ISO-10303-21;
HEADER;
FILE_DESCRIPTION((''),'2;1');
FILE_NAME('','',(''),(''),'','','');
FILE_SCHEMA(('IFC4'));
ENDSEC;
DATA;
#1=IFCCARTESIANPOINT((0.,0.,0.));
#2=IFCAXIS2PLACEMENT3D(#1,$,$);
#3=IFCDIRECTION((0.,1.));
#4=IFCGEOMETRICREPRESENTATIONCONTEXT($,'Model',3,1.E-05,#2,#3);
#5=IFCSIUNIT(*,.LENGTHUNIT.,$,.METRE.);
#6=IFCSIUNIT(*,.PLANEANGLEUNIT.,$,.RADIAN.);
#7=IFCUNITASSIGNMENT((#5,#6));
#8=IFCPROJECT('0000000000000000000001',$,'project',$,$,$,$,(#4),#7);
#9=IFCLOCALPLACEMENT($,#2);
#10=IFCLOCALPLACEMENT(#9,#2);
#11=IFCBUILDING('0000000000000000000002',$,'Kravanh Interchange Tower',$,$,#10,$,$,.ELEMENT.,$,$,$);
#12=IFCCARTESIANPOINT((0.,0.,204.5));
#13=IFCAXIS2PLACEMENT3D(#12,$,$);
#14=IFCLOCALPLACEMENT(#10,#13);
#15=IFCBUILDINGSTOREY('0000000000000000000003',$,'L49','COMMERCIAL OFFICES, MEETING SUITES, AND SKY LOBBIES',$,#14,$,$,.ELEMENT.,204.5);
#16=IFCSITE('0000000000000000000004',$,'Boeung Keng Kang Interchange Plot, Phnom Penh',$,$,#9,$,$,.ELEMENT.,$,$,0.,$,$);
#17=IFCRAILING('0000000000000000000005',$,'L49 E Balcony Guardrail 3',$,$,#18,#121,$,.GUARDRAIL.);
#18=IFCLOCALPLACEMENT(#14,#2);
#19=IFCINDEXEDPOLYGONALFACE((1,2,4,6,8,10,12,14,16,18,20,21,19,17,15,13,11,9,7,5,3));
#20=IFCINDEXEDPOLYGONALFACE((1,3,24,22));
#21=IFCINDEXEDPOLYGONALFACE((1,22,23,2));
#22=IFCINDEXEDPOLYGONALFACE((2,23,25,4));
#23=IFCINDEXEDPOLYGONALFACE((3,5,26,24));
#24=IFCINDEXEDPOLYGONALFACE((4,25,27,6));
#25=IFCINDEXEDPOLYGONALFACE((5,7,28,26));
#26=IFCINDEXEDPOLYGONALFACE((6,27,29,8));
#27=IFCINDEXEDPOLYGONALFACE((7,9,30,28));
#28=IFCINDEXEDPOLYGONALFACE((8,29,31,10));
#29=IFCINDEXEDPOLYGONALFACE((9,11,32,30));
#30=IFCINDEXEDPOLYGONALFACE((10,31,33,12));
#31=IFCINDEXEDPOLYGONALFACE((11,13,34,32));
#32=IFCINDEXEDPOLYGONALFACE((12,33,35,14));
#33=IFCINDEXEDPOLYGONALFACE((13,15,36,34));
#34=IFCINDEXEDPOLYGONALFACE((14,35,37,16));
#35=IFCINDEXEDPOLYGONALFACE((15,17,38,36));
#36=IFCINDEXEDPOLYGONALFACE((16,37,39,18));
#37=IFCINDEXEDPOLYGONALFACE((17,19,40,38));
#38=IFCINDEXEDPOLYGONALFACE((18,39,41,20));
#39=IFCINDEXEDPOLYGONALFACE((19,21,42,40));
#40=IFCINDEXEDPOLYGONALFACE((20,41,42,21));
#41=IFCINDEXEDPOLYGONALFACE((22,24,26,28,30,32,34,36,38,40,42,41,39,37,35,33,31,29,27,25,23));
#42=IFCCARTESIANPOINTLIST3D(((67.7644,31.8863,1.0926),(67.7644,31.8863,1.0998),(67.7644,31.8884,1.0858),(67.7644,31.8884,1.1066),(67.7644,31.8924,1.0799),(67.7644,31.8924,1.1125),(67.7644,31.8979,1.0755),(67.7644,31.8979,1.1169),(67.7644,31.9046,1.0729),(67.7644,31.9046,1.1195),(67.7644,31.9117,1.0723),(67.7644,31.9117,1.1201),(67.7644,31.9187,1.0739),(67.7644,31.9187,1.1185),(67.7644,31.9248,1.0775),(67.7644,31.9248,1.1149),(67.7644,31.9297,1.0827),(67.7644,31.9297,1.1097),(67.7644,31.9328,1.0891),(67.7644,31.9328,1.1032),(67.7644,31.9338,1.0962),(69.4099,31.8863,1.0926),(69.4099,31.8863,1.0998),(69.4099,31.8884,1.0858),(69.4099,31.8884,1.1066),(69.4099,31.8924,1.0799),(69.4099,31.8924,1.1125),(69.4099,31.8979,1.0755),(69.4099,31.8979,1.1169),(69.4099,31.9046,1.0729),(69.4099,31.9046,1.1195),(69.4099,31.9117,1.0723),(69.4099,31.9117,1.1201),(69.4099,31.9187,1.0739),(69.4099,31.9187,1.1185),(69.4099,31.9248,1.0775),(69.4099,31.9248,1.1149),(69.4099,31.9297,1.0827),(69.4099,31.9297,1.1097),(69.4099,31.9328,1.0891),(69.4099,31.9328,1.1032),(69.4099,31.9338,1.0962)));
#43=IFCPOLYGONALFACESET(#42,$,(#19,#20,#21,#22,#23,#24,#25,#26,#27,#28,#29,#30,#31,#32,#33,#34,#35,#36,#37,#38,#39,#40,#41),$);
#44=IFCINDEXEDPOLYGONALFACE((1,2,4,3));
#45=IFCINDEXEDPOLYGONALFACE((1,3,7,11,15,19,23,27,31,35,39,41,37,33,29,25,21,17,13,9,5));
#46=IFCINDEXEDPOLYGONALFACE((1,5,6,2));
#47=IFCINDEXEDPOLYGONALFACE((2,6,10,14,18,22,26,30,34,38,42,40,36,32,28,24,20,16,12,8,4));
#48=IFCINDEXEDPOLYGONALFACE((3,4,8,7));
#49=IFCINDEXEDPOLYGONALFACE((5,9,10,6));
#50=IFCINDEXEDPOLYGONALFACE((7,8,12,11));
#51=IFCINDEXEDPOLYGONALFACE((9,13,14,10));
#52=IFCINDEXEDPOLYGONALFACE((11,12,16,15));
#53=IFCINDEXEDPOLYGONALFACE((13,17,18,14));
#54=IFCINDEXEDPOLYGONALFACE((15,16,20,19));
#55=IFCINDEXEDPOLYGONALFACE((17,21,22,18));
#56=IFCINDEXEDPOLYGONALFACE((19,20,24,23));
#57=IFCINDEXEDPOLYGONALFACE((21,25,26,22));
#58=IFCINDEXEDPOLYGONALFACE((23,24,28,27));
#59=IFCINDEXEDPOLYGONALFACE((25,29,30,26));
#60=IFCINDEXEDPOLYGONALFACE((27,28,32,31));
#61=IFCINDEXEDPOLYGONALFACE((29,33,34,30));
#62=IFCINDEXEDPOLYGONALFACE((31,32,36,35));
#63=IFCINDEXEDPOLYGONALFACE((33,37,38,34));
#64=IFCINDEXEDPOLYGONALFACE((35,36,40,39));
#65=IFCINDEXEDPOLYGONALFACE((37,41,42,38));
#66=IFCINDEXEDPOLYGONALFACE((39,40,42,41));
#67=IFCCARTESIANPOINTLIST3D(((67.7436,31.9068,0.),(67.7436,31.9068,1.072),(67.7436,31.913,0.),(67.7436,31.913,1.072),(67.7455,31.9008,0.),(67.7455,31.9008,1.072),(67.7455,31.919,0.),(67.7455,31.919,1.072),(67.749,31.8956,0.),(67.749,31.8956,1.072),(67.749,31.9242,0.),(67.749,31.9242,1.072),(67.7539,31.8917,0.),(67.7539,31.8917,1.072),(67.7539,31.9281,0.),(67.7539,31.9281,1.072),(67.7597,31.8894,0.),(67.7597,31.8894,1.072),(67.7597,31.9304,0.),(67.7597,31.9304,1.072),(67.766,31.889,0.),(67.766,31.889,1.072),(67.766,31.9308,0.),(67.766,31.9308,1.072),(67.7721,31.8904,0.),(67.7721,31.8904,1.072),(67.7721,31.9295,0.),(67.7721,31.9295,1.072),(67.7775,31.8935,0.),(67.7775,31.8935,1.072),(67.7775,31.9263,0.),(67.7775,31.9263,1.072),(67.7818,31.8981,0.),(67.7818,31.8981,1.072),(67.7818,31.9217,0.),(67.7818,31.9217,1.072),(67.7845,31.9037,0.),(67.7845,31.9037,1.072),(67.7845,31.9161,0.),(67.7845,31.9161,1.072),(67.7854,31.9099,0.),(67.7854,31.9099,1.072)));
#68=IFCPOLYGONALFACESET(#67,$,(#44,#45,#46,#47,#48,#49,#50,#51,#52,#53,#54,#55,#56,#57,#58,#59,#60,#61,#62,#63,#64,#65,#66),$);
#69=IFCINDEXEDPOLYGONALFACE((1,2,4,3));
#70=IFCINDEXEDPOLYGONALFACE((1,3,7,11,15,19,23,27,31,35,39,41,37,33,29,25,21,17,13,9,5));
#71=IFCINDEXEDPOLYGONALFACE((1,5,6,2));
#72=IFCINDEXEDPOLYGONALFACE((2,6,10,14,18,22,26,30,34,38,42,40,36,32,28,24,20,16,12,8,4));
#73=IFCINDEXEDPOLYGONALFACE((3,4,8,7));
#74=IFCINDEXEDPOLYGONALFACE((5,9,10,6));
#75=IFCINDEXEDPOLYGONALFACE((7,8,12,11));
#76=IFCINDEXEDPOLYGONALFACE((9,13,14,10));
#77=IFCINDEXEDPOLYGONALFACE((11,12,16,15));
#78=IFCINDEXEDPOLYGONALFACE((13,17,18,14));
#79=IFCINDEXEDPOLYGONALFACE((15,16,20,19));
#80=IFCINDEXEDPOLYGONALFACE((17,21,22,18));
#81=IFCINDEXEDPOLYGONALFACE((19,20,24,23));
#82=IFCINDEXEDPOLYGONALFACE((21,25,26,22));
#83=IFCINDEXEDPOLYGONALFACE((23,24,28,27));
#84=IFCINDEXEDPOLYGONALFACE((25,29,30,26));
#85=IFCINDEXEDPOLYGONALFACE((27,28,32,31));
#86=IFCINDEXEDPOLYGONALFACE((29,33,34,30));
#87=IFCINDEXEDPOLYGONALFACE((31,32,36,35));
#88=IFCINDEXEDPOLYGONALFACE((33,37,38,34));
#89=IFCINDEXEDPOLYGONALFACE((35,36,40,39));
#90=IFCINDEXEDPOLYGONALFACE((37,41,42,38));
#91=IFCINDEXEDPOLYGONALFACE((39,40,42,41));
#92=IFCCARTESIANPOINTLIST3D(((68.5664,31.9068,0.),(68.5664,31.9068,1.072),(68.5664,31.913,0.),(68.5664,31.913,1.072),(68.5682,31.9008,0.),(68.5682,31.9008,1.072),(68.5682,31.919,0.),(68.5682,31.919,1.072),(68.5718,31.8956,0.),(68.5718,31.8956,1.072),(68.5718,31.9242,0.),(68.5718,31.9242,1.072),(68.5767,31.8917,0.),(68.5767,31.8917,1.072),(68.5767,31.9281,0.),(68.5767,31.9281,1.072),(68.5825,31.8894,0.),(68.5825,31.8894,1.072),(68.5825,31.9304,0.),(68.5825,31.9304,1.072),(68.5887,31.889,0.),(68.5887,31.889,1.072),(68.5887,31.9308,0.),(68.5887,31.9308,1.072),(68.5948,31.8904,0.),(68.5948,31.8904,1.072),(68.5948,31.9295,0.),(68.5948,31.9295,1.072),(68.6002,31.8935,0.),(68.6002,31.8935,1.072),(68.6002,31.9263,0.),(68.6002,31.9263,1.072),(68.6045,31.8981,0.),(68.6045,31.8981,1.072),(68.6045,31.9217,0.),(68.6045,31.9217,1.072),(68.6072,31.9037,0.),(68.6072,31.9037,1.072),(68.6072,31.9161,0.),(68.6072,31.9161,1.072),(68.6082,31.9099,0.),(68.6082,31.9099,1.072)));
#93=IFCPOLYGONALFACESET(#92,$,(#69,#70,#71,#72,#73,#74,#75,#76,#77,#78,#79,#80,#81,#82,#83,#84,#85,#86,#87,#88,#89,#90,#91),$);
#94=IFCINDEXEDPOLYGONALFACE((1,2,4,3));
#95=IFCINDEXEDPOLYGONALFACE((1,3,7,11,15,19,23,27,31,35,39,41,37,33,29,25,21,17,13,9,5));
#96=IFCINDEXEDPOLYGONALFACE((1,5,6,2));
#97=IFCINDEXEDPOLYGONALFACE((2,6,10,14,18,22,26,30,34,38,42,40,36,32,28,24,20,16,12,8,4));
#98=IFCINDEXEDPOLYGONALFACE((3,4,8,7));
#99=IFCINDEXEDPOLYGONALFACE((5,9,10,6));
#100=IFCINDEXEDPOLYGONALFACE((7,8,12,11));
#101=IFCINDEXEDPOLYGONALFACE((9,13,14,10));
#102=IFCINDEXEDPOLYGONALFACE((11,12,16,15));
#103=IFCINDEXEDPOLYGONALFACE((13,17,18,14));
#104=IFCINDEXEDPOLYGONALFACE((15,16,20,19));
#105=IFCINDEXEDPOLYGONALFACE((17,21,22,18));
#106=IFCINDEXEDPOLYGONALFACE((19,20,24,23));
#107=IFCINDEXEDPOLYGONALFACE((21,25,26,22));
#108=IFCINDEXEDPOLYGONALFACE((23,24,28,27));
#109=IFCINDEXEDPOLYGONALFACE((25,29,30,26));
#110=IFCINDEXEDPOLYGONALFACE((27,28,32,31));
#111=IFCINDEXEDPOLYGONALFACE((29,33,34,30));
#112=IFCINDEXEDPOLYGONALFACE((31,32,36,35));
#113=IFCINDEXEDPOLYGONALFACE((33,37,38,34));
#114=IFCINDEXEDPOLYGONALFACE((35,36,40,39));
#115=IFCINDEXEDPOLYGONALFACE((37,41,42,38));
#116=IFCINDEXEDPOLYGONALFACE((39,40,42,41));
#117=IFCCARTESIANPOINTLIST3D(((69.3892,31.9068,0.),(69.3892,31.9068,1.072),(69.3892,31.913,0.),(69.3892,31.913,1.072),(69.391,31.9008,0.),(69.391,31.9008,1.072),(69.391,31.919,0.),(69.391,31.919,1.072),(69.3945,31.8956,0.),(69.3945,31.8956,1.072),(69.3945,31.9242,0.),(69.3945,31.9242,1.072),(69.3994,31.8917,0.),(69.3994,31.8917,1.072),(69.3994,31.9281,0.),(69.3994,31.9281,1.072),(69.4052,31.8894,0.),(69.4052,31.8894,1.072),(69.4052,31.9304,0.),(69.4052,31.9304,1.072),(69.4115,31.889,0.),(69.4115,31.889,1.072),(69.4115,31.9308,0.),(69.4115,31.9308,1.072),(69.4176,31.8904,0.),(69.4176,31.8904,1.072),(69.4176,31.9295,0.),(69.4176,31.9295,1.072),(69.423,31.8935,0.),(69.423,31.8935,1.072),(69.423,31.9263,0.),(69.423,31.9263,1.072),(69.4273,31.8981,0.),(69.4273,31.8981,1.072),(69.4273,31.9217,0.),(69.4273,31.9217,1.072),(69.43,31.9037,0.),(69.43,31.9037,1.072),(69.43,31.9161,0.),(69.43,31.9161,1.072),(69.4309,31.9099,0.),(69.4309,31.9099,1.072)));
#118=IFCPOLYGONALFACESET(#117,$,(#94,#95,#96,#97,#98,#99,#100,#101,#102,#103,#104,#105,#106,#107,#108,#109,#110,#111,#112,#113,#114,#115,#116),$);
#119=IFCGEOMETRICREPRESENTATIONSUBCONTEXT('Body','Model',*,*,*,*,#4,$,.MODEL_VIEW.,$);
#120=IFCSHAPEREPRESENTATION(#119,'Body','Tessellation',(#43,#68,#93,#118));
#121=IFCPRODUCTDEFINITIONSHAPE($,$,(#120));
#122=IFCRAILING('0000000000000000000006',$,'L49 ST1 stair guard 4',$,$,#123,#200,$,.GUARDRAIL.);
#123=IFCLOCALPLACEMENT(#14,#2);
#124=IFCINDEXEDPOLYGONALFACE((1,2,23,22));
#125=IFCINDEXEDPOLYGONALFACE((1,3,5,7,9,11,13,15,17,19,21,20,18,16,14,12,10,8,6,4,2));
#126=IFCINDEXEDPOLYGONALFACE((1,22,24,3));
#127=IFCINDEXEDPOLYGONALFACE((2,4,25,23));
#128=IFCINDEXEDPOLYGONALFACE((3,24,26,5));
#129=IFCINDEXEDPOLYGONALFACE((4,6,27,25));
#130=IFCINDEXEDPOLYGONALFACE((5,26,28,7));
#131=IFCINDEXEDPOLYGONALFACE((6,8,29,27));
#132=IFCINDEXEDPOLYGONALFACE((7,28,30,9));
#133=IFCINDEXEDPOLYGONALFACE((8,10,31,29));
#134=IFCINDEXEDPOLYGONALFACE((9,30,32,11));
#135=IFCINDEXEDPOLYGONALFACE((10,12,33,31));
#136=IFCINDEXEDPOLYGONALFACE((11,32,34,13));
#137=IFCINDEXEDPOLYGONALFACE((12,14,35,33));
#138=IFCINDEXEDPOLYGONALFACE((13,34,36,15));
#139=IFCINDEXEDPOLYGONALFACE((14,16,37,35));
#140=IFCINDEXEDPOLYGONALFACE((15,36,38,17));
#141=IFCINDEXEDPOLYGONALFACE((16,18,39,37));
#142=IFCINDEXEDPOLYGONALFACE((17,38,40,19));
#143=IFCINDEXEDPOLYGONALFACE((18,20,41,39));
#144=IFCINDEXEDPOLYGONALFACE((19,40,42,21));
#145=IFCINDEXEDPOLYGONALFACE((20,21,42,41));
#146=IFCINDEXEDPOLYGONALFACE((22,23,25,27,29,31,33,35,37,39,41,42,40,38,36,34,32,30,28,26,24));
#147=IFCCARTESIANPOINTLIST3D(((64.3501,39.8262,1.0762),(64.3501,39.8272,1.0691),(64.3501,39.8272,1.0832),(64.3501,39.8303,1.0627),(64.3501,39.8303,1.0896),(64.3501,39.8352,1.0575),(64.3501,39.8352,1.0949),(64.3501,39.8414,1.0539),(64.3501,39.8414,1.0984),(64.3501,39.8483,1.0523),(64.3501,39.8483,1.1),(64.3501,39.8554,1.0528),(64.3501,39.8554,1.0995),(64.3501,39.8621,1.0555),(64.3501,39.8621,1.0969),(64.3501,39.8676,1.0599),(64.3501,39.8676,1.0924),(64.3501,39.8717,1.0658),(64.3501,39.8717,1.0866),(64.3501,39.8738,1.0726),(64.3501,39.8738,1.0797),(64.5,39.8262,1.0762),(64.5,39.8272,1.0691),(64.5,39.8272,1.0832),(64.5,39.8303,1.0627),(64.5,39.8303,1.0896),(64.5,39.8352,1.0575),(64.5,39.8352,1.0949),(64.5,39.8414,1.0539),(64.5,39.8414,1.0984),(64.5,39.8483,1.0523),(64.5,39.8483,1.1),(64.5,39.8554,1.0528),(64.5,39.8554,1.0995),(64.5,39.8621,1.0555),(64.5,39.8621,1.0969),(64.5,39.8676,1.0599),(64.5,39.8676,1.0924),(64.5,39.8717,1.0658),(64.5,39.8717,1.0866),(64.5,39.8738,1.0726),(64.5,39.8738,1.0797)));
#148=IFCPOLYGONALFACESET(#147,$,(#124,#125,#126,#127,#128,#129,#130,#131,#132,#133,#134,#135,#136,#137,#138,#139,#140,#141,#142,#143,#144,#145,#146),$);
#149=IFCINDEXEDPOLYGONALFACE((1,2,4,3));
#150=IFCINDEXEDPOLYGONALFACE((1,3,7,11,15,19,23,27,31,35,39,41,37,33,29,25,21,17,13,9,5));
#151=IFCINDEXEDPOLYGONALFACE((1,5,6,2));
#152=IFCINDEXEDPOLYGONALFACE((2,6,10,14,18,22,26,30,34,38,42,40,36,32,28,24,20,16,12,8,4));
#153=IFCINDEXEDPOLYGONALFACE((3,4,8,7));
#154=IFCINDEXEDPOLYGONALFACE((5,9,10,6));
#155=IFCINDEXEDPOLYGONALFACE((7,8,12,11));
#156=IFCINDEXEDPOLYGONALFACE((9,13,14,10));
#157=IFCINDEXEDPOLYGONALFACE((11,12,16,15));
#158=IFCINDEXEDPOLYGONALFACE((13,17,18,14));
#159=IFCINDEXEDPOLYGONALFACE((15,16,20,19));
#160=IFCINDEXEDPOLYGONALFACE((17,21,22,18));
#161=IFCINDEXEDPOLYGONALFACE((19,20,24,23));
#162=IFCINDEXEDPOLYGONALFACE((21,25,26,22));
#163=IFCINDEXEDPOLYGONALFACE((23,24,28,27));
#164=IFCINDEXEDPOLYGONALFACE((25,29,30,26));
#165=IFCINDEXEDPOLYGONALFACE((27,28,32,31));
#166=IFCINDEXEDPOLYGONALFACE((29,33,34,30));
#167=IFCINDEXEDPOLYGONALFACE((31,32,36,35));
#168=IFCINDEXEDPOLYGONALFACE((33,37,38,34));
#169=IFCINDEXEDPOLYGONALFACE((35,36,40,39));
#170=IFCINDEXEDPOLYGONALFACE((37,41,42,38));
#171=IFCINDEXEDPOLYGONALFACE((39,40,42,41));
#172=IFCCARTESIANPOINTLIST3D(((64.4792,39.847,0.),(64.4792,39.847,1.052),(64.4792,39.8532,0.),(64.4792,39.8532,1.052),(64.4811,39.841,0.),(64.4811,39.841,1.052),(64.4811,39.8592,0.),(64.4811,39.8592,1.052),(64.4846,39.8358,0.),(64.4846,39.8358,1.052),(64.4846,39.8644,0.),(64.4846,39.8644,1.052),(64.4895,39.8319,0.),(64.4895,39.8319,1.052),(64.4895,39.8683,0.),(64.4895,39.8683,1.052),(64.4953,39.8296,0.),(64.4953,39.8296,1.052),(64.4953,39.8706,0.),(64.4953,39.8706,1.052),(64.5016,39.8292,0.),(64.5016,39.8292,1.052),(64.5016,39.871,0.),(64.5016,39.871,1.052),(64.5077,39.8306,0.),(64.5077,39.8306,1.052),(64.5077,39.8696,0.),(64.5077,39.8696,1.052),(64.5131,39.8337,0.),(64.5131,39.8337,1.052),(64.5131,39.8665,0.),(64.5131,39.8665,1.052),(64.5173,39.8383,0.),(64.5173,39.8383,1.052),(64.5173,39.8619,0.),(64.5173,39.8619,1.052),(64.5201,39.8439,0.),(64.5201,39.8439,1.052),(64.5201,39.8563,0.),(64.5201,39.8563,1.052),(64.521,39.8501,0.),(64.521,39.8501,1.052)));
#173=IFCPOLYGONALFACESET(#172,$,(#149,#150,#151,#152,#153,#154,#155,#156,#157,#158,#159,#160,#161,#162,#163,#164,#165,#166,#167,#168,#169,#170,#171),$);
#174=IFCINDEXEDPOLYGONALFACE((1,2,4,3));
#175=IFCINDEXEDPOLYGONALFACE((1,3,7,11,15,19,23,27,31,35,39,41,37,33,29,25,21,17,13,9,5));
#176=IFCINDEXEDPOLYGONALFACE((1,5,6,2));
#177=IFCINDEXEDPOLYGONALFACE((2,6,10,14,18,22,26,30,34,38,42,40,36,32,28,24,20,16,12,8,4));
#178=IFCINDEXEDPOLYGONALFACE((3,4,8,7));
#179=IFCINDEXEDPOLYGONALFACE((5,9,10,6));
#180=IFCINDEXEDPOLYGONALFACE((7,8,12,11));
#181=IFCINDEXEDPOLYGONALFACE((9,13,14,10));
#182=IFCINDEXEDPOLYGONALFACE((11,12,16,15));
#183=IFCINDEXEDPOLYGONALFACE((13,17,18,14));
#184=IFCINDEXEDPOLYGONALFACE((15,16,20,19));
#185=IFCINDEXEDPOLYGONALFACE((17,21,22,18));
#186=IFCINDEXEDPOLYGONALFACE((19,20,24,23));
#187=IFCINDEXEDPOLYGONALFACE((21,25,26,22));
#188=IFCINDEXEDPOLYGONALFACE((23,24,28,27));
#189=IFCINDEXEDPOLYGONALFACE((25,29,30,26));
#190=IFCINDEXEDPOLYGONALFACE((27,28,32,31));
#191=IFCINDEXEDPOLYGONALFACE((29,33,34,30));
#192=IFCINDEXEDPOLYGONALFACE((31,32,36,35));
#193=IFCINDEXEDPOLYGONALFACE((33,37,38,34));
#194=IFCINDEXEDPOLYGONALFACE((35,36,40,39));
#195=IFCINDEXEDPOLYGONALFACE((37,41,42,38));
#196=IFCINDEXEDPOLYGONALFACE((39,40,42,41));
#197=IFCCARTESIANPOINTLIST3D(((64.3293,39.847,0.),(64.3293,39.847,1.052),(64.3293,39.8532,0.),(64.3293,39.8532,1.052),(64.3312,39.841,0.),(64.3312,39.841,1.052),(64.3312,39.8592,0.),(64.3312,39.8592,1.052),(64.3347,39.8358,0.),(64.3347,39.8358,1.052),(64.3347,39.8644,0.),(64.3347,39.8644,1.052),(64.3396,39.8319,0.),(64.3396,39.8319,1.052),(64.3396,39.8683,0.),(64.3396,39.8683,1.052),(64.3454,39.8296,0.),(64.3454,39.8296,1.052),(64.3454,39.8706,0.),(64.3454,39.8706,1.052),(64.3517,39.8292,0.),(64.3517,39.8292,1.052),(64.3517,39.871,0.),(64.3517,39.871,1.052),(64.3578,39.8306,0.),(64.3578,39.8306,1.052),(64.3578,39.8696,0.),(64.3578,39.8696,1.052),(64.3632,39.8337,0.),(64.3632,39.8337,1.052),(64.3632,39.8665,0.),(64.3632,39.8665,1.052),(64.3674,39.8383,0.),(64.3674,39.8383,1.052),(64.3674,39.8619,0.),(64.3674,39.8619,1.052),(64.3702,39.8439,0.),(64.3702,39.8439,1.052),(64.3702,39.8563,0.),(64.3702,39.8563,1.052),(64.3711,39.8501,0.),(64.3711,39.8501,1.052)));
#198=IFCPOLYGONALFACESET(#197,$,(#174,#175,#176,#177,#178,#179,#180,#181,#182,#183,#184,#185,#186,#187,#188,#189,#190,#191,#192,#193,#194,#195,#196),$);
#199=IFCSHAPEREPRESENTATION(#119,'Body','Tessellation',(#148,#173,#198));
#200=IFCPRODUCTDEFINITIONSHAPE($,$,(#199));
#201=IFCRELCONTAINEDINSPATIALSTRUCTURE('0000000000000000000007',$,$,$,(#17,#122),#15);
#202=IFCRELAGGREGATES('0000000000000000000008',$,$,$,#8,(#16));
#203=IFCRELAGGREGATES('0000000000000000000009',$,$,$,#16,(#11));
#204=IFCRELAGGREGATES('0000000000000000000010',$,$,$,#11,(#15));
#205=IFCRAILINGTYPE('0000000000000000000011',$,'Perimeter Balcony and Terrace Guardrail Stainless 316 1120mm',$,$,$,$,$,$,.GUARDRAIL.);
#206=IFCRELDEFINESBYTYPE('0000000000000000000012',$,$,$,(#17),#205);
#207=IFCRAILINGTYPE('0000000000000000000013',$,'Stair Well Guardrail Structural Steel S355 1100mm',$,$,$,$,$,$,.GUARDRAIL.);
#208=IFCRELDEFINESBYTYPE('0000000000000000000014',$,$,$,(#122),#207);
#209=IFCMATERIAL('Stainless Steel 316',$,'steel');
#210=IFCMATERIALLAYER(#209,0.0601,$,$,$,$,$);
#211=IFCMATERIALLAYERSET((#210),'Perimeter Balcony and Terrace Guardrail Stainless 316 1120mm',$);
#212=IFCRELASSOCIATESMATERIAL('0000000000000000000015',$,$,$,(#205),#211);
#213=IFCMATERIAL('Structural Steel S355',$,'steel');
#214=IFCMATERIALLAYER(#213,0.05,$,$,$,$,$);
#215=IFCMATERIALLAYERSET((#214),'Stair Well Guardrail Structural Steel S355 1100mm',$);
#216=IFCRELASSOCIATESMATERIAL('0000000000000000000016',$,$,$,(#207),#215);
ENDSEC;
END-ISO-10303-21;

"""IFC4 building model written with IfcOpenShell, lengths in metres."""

from ifc_helpers import new_model, si_unit, direction, frame, origin, origin_2d, place, context, subcontext, project, spatial, circle, extrude, material, layer, layer_set, type_object, element, save


model = new_model("IFC4")

# Units and contexts
model_context = context("Model", 3, precision=1e-05, world=origin(), true_north=direction((0.0, 1.0)))
body_context = subcontext(model_context, "Body", "Model", "MODEL_VIEW")
ifc_project = project(units=[si_unit("LENGTHUNIT", "METRE"), si_unit("PLANEANGLEUNIT", "RADIAN")], contexts=[model_context])

# Site, building, storey
site_placement = place(None, origin())
site = spatial("IfcSite", under=ifc_project, at=site_placement, Name="Boeung Keng Kang Interchange Plot, Phnom Penh", CompositionType="ELEMENT", RefElevation=0.0)
building_placement = place(site_placement, origin())
building = spatial("IfcBuilding", under=site, at=building_placement, Name="Kravanh Interchange Tower", CompositionType="ELEMENT")
storey_placement = place(building_placement, frame((0.0, 0.0, 204.5)))
storey = spatial("IfcBuildingStorey", under=building, at=storey_placement, Name="L49", Description="COMMERCIAL OFFICES, MEETING SUITES, AND SKY LOBBIES", CompositionType="ELEMENT", Elevation=204.5)

# Railings
ifc_material_1 = material(Name="Stainless Steel 316", Category="steel")
ifc_layer_1 = layer(ifc_material_1, 0.0601)
ifc_layer_set_1 = layer_set([ifc_layer_1], Name="Perimeter Balcony and Terrace Guardrail Stainless 316 1120mm")
railing_type_1 = type_object("IfcRailingType", Name="Perimeter Balcony and Terrace Guardrail Stainless 316 1120mm", PredefinedType="GUARDRAIL", material=ifc_layer_set_1)
railing_1_placement = place(storey_placement, frame((67.7644, 31.9099, 0.0)))
element("IfcRailing", 1, at=railing_1_placement, inside=storey, type_object=railing_type_1, Name="L49 E Balcony Guardrail 3", PredefinedType="GUARDRAIL", context=body_context, shape_type="SweptSolid", body=[
    extrude(circle(Radius=0.0239, at=origin_2d()), frame((0.0, 0.0, 1.0962), z_axis=(1.0, 0.0, 0.0), x_axis=(0.0, 1.0, 0.0)), (0.0, 0.0, 1.0), 1.6455),
    extrude(circle(Radius=0.021, at=origin_2d()), origin(), (0.0, 0.0, 1.0), 1.072),
    extrude(circle(Radius=0.021, at=origin_2d()), frame((0.8228, 0.0, 0.0)), (0.0, 0.0, 1.0), 1.072),
    extrude(circle(Radius=0.021, at=origin_2d()), frame((1.6455, 0.0, 0.0)), (0.0, 0.0, 1.0), 1.072),
])
ifc_material_2 = material(Name="Structural Steel S355", Category="steel")
ifc_layer_2 = layer(ifc_material_2, 0.05)
ifc_layer_set_2 = layer_set([ifc_layer_2], Name="Stair Well Guardrail Structural Steel S355 1100mm")
railing_type_2 = type_object("IfcRailingType", Name="Stair Well Guardrail Structural Steel S355 1100mm", PredefinedType="GUARDRAIL", material=ifc_layer_set_2)
for number, where, name in (
    (2, (64.5, 39.8501, 0.0), "L49 ST1 stair guard 4"),
):
    element("IfcRailing", number, at=place(storey_placement, frame(where)), inside=storey, type_object=railing_type_2, Name=name, PredefinedType="GUARDRAIL", context=body_context, shape_type="SweptSolid", body=[
        extrude(circle(Radius=0.0239, at=origin_2d()), frame((0.0, 0.0, 1.0762), z_axis=(-1.0, 0.0, 0.0), x_axis=(0.0, -1.0, 0.0)), (0.0, 0.0, 1.0), 0.1499),
        extrude(circle(Radius=0.021, at=origin_2d()), origin(), (0.0, 0.0, 1.0), 1.052),
        extrude(circle(Radius=0.021, at=origin_2d()), frame((-0.1499, 0.0, 0.0)), (0.0, 0.0, 1.0), 1.052),
    ])

save(model, "model.ifc")
